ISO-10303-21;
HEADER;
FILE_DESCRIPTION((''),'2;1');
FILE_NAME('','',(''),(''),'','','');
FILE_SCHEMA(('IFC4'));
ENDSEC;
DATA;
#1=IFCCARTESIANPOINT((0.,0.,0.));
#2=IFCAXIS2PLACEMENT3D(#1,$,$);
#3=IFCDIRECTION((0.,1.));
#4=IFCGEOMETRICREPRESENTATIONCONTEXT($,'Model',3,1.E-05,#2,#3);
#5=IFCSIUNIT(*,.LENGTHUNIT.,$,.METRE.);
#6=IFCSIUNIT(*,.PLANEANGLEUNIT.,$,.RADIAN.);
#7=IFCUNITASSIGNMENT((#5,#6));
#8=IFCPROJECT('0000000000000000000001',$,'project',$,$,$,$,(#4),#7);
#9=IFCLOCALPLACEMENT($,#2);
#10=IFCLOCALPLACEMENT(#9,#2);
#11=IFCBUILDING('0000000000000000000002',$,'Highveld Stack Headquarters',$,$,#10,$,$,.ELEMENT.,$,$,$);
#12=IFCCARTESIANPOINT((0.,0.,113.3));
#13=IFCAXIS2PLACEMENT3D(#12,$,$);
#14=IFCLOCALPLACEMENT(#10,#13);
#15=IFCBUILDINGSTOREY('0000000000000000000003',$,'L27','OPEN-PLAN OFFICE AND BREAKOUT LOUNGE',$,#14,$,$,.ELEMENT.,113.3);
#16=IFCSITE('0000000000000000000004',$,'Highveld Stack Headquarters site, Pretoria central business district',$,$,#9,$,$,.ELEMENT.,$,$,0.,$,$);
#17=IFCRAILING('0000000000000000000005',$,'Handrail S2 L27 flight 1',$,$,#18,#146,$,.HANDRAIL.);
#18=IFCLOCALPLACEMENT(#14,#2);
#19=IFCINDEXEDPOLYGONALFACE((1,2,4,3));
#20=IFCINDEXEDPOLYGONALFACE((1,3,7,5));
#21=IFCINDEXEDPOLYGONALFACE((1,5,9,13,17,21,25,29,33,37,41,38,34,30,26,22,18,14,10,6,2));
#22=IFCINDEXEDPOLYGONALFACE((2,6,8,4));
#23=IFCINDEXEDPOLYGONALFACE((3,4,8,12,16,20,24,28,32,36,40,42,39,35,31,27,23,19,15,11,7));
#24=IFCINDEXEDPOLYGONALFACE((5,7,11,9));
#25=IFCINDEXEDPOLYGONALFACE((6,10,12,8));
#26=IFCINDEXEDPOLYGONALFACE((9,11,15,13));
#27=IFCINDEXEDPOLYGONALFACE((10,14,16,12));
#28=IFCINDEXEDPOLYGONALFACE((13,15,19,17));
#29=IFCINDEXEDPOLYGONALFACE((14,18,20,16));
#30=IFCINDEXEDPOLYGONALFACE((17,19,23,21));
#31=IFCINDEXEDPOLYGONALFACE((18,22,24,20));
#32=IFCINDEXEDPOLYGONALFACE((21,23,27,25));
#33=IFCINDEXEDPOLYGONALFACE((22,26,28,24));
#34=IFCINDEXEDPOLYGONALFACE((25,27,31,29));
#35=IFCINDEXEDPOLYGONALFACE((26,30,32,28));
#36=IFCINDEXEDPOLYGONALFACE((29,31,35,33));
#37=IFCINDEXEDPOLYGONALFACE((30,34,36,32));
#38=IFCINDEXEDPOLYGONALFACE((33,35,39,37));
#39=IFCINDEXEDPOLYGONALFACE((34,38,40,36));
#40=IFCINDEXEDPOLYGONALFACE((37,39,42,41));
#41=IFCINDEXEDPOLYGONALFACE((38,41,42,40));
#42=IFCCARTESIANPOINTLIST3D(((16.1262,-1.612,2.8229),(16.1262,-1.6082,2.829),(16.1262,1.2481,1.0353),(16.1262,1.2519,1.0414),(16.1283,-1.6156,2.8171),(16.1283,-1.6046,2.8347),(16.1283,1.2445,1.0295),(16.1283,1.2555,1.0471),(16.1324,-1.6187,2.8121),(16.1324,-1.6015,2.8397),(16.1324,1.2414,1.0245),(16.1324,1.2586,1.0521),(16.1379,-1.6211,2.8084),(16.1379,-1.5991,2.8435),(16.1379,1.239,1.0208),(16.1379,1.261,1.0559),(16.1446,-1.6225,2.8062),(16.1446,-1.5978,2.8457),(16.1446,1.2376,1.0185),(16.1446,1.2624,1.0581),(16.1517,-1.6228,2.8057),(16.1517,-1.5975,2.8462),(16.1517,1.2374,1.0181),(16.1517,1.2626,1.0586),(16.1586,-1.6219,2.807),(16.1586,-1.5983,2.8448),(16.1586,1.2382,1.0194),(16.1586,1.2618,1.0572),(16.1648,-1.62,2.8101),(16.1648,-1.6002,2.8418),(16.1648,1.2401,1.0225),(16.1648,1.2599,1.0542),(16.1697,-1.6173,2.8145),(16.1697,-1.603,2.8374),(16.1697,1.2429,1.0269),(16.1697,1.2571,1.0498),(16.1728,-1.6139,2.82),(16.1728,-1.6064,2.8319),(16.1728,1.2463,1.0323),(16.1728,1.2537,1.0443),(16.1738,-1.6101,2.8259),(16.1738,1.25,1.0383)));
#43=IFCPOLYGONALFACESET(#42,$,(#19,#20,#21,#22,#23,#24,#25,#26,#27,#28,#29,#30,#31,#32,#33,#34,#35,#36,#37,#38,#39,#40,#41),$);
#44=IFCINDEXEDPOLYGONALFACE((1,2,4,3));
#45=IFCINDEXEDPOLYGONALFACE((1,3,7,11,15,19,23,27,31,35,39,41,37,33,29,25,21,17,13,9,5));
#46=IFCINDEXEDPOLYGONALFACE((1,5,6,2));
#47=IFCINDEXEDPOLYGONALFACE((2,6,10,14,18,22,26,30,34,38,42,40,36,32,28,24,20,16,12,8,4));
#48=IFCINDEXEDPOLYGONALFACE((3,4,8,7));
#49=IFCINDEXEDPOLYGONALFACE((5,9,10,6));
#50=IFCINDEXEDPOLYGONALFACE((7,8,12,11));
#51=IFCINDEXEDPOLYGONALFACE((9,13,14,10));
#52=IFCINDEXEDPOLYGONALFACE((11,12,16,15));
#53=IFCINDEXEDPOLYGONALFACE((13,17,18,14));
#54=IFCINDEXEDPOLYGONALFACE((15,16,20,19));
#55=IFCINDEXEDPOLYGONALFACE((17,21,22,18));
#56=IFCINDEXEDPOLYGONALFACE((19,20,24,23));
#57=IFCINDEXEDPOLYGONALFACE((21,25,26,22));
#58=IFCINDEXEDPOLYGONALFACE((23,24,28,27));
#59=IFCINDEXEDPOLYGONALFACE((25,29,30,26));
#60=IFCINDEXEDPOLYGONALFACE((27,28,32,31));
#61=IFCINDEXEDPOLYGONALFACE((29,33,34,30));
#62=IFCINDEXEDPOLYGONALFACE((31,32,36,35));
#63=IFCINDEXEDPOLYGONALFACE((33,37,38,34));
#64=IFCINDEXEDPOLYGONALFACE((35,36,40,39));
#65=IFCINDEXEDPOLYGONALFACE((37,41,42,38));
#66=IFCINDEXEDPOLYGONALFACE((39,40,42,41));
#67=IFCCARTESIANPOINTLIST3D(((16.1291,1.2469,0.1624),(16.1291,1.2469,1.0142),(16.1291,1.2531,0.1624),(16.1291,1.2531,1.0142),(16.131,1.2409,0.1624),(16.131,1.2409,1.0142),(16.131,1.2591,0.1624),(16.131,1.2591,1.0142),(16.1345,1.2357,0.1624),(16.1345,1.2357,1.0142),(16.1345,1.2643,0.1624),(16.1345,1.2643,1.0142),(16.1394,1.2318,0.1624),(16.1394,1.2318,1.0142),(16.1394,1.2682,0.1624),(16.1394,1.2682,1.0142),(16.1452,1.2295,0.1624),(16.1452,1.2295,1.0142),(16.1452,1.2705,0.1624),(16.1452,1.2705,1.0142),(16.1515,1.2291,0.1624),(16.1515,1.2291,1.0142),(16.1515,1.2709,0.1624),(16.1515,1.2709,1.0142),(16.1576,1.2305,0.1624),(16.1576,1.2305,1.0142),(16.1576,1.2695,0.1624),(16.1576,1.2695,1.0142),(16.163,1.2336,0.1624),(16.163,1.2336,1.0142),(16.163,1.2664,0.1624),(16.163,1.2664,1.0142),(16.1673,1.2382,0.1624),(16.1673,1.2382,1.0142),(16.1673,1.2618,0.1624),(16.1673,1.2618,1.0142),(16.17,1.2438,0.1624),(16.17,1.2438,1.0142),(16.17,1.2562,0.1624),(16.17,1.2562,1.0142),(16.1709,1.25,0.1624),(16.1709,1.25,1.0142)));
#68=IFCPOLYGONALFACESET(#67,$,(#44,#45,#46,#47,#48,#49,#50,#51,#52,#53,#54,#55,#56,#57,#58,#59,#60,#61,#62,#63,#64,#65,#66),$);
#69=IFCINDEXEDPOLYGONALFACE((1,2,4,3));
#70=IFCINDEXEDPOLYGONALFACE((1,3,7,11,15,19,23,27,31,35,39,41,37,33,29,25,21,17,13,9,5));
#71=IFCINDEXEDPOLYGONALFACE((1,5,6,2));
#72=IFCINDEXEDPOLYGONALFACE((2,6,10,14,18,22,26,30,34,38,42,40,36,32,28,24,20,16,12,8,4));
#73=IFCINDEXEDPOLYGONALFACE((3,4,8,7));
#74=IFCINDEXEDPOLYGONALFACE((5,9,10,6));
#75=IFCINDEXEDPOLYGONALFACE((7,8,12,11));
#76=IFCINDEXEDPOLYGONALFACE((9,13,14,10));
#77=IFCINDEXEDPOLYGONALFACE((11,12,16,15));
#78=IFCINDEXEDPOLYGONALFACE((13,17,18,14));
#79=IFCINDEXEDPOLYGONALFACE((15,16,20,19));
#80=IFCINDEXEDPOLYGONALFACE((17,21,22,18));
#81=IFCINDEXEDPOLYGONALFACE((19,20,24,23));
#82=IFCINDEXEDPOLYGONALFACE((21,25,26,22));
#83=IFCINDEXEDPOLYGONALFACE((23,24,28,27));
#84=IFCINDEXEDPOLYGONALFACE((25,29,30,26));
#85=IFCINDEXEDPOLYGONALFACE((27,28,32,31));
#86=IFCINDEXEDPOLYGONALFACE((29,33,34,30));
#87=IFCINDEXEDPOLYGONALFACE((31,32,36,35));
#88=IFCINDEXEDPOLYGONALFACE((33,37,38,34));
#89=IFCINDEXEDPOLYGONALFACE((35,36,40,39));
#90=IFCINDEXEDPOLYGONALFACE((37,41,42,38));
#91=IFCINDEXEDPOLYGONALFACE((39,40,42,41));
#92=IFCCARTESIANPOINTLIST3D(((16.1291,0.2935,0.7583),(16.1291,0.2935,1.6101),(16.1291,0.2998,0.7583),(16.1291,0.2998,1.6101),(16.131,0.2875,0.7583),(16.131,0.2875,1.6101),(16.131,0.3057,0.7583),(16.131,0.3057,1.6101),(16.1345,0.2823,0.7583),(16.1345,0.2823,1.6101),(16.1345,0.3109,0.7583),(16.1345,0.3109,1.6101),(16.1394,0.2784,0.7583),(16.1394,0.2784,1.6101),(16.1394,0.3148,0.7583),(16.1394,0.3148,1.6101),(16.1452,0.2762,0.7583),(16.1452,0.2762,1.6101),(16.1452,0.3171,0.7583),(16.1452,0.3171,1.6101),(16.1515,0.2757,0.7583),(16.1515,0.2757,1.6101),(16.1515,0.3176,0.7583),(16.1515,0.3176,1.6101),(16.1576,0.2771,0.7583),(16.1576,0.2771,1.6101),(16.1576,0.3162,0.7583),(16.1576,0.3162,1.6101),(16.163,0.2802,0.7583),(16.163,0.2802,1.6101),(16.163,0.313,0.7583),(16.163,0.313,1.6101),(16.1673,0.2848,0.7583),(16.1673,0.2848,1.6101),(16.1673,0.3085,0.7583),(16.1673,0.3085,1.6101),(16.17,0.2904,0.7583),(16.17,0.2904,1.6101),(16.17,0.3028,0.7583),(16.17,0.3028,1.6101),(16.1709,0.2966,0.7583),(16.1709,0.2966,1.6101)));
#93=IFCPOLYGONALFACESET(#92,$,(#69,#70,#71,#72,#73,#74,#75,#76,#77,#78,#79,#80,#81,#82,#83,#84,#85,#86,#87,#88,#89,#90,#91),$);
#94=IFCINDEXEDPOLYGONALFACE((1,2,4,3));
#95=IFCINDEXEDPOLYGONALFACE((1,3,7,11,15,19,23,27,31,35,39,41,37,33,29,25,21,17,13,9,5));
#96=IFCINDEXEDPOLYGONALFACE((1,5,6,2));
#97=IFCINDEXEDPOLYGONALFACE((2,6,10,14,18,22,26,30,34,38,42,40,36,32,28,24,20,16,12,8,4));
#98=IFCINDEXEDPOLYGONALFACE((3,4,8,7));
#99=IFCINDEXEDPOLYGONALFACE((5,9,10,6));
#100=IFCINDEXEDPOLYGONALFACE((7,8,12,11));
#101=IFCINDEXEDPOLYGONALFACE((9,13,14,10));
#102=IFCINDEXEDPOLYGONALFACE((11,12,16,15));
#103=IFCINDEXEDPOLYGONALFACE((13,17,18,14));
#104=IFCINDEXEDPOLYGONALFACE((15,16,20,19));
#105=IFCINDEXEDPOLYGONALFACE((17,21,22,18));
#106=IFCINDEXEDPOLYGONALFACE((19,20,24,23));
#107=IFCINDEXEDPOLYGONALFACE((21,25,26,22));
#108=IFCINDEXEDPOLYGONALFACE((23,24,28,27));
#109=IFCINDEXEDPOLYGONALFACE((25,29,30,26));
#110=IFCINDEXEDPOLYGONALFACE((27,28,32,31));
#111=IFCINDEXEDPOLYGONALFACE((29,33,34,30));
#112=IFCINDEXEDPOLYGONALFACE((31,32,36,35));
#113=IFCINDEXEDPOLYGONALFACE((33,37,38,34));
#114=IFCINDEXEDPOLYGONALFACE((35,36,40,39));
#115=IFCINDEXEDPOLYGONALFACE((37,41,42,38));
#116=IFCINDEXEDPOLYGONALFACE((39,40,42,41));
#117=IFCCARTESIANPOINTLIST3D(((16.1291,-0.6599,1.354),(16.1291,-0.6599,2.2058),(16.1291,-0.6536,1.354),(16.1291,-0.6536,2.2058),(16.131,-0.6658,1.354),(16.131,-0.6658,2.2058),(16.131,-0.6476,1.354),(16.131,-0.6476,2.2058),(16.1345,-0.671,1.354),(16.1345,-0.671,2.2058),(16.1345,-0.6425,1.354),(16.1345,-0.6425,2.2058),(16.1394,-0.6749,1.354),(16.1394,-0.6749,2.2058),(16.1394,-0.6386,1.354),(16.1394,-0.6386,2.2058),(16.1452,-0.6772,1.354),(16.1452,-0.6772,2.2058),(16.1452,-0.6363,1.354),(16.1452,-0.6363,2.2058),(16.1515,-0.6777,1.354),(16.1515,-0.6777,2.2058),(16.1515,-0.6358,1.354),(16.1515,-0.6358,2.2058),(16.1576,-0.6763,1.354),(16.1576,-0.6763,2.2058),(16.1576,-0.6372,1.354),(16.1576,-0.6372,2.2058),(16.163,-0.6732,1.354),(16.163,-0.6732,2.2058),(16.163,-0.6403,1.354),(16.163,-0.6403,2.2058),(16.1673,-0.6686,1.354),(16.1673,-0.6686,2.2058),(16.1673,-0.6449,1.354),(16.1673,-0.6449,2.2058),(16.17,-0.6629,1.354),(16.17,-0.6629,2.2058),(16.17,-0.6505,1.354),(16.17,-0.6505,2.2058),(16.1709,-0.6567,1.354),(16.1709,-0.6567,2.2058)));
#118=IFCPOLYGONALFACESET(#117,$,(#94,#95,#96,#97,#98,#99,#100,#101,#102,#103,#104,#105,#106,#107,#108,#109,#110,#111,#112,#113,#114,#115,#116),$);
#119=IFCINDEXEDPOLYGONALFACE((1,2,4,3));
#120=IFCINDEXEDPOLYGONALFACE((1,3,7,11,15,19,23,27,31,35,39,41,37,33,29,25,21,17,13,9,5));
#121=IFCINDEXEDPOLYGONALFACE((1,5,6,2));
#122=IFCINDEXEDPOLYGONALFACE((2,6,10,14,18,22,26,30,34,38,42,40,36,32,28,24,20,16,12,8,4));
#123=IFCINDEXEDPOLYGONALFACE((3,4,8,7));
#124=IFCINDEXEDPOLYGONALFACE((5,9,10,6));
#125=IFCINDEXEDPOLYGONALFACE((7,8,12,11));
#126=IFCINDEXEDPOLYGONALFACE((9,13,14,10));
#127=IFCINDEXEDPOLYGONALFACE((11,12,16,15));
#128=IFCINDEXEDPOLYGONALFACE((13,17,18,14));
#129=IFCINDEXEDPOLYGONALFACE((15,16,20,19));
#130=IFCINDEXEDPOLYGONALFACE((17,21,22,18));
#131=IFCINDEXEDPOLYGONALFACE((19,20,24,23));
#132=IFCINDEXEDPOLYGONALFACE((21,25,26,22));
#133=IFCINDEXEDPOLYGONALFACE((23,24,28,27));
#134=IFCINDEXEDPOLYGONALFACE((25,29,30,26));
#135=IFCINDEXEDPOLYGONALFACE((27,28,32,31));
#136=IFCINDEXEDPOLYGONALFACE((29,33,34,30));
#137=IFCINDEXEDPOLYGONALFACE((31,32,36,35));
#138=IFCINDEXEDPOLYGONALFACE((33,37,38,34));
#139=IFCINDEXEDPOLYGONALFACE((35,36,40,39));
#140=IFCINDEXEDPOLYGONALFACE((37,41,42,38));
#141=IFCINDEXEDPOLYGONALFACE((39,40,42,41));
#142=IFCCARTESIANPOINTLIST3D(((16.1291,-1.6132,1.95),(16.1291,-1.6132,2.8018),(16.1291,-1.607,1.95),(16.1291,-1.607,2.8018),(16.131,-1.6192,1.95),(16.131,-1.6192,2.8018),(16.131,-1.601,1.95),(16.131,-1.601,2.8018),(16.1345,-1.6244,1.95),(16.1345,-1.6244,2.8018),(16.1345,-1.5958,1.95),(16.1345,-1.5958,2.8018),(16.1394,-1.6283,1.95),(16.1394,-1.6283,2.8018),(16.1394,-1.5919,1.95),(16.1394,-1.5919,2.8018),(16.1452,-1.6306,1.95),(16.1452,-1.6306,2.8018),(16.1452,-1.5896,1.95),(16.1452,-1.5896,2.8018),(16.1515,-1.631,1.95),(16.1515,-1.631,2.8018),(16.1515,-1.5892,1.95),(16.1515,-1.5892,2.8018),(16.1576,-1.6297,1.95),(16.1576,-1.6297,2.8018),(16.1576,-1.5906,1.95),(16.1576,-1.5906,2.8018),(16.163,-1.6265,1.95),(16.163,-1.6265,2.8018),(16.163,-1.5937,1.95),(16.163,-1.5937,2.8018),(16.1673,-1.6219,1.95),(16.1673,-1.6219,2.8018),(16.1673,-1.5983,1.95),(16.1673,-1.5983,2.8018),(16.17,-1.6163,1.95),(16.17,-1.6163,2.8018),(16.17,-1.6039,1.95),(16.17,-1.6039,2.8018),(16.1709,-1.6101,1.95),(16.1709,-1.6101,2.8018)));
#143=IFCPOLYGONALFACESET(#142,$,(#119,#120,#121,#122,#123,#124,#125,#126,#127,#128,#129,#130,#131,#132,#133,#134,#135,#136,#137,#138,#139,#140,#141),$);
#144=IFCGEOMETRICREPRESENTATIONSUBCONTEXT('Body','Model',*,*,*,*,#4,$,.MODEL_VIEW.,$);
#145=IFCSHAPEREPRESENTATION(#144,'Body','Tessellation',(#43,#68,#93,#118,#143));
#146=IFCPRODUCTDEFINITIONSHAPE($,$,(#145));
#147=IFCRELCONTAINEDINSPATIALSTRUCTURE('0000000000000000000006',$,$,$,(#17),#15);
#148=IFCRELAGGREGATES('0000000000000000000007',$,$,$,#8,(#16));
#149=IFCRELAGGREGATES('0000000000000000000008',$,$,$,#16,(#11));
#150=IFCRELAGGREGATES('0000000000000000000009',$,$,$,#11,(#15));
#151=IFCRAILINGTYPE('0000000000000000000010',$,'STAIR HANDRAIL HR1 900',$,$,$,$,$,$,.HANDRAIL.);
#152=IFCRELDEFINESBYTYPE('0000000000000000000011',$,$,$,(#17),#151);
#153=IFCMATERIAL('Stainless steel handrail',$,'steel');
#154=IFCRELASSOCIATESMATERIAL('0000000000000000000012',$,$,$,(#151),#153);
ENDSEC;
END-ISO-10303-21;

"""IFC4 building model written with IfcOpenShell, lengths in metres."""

from ifc_helpers import new_model, si_unit, direction, frame, origin, origin_2d, place, context, subcontext, project, spatial, circle, extrude, material, type_object, element, save


model = new_model("IFC4")

# Units and contexts
model_context = context("Model", 3, precision=1e-05, world=origin(), true_north=direction((0.0, 1.0)))
body_context = subcontext(model_context, "Body", "Model", "MODEL_VIEW")
ifc_project = project(units=[si_unit("LENGTHUNIT", "METRE"), si_unit("PLANEANGLEUNIT", "RADIAN")], contexts=[model_context])

# Site, building, storey
site_placement = place(None, origin())
site = spatial("IfcSite", under=ifc_project, at=site_placement, Name="Highveld Stack Headquarters site, Pretoria central business district", CompositionType="ELEMENT", RefElevation=0.0)
building_placement = place(site_placement, origin())
building = spatial("IfcBuilding", under=site, at=building_placement, Name="Highveld Stack Headquarters", CompositionType="ELEMENT")
storey_placement = place(building_placement, frame((0.0, 0.0, 113.3)))
storey = spatial("IfcBuildingStorey", under=building, at=storey_placement, Name="L27", Description="OPEN-PLAN OFFICE AND BREAKOUT LOUNGE", CompositionType="ELEMENT", Elevation=113.3)

# Railing
ifc_material_1 = material(Name="Stainless steel handrail", Category="steel")
railing_type = type_object("IfcRailingType", Name="STAIR HANDRAIL HR1 900", PredefinedType="HANDRAIL", material=ifc_material_1)
railing_placement = place(storey_placement, frame((16.1499, 1.25, 0.1624)))
element("IfcRailing", 1, at=railing_placement, inside=storey, type_object=railing_type, Name="Handrail S2 L27 flight 1", PredefinedType="HANDRAIL", context=body_context, shape_type="SweptSolid", body=[
    extrude(circle(Radius=0.0239, at=origin_2d()), frame((0.0, 0.0, 0.876), z_axis=(0.0, -0.847994, 0.530005), x_axis=(1.0, 0.0, 0.0)), (0.0, 0.0, 1.0), 3.3728),
    extrude(circle(Radius=0.021, at=origin_2d()), origin(), (0.0, 0.0, 1.0), 0.8518),
    extrude(circle(Radius=0.021, at=origin_2d()), frame((0.0, -0.9534, 0.5959)), (0.0, 0.0, 1.0), 0.8518),
    extrude(circle(Radius=0.021, at=origin_2d()), frame((0.0, -1.9067, 1.1917)), (0.0, 0.0, 1.0), 0.8518),
    extrude(circle(Radius=0.021, at=origin_2d()), frame((0.0, -2.8601, 1.7876)), (0.0, 0.0, 1.0), 0.8518),
])

save(model, "model.ifc")
